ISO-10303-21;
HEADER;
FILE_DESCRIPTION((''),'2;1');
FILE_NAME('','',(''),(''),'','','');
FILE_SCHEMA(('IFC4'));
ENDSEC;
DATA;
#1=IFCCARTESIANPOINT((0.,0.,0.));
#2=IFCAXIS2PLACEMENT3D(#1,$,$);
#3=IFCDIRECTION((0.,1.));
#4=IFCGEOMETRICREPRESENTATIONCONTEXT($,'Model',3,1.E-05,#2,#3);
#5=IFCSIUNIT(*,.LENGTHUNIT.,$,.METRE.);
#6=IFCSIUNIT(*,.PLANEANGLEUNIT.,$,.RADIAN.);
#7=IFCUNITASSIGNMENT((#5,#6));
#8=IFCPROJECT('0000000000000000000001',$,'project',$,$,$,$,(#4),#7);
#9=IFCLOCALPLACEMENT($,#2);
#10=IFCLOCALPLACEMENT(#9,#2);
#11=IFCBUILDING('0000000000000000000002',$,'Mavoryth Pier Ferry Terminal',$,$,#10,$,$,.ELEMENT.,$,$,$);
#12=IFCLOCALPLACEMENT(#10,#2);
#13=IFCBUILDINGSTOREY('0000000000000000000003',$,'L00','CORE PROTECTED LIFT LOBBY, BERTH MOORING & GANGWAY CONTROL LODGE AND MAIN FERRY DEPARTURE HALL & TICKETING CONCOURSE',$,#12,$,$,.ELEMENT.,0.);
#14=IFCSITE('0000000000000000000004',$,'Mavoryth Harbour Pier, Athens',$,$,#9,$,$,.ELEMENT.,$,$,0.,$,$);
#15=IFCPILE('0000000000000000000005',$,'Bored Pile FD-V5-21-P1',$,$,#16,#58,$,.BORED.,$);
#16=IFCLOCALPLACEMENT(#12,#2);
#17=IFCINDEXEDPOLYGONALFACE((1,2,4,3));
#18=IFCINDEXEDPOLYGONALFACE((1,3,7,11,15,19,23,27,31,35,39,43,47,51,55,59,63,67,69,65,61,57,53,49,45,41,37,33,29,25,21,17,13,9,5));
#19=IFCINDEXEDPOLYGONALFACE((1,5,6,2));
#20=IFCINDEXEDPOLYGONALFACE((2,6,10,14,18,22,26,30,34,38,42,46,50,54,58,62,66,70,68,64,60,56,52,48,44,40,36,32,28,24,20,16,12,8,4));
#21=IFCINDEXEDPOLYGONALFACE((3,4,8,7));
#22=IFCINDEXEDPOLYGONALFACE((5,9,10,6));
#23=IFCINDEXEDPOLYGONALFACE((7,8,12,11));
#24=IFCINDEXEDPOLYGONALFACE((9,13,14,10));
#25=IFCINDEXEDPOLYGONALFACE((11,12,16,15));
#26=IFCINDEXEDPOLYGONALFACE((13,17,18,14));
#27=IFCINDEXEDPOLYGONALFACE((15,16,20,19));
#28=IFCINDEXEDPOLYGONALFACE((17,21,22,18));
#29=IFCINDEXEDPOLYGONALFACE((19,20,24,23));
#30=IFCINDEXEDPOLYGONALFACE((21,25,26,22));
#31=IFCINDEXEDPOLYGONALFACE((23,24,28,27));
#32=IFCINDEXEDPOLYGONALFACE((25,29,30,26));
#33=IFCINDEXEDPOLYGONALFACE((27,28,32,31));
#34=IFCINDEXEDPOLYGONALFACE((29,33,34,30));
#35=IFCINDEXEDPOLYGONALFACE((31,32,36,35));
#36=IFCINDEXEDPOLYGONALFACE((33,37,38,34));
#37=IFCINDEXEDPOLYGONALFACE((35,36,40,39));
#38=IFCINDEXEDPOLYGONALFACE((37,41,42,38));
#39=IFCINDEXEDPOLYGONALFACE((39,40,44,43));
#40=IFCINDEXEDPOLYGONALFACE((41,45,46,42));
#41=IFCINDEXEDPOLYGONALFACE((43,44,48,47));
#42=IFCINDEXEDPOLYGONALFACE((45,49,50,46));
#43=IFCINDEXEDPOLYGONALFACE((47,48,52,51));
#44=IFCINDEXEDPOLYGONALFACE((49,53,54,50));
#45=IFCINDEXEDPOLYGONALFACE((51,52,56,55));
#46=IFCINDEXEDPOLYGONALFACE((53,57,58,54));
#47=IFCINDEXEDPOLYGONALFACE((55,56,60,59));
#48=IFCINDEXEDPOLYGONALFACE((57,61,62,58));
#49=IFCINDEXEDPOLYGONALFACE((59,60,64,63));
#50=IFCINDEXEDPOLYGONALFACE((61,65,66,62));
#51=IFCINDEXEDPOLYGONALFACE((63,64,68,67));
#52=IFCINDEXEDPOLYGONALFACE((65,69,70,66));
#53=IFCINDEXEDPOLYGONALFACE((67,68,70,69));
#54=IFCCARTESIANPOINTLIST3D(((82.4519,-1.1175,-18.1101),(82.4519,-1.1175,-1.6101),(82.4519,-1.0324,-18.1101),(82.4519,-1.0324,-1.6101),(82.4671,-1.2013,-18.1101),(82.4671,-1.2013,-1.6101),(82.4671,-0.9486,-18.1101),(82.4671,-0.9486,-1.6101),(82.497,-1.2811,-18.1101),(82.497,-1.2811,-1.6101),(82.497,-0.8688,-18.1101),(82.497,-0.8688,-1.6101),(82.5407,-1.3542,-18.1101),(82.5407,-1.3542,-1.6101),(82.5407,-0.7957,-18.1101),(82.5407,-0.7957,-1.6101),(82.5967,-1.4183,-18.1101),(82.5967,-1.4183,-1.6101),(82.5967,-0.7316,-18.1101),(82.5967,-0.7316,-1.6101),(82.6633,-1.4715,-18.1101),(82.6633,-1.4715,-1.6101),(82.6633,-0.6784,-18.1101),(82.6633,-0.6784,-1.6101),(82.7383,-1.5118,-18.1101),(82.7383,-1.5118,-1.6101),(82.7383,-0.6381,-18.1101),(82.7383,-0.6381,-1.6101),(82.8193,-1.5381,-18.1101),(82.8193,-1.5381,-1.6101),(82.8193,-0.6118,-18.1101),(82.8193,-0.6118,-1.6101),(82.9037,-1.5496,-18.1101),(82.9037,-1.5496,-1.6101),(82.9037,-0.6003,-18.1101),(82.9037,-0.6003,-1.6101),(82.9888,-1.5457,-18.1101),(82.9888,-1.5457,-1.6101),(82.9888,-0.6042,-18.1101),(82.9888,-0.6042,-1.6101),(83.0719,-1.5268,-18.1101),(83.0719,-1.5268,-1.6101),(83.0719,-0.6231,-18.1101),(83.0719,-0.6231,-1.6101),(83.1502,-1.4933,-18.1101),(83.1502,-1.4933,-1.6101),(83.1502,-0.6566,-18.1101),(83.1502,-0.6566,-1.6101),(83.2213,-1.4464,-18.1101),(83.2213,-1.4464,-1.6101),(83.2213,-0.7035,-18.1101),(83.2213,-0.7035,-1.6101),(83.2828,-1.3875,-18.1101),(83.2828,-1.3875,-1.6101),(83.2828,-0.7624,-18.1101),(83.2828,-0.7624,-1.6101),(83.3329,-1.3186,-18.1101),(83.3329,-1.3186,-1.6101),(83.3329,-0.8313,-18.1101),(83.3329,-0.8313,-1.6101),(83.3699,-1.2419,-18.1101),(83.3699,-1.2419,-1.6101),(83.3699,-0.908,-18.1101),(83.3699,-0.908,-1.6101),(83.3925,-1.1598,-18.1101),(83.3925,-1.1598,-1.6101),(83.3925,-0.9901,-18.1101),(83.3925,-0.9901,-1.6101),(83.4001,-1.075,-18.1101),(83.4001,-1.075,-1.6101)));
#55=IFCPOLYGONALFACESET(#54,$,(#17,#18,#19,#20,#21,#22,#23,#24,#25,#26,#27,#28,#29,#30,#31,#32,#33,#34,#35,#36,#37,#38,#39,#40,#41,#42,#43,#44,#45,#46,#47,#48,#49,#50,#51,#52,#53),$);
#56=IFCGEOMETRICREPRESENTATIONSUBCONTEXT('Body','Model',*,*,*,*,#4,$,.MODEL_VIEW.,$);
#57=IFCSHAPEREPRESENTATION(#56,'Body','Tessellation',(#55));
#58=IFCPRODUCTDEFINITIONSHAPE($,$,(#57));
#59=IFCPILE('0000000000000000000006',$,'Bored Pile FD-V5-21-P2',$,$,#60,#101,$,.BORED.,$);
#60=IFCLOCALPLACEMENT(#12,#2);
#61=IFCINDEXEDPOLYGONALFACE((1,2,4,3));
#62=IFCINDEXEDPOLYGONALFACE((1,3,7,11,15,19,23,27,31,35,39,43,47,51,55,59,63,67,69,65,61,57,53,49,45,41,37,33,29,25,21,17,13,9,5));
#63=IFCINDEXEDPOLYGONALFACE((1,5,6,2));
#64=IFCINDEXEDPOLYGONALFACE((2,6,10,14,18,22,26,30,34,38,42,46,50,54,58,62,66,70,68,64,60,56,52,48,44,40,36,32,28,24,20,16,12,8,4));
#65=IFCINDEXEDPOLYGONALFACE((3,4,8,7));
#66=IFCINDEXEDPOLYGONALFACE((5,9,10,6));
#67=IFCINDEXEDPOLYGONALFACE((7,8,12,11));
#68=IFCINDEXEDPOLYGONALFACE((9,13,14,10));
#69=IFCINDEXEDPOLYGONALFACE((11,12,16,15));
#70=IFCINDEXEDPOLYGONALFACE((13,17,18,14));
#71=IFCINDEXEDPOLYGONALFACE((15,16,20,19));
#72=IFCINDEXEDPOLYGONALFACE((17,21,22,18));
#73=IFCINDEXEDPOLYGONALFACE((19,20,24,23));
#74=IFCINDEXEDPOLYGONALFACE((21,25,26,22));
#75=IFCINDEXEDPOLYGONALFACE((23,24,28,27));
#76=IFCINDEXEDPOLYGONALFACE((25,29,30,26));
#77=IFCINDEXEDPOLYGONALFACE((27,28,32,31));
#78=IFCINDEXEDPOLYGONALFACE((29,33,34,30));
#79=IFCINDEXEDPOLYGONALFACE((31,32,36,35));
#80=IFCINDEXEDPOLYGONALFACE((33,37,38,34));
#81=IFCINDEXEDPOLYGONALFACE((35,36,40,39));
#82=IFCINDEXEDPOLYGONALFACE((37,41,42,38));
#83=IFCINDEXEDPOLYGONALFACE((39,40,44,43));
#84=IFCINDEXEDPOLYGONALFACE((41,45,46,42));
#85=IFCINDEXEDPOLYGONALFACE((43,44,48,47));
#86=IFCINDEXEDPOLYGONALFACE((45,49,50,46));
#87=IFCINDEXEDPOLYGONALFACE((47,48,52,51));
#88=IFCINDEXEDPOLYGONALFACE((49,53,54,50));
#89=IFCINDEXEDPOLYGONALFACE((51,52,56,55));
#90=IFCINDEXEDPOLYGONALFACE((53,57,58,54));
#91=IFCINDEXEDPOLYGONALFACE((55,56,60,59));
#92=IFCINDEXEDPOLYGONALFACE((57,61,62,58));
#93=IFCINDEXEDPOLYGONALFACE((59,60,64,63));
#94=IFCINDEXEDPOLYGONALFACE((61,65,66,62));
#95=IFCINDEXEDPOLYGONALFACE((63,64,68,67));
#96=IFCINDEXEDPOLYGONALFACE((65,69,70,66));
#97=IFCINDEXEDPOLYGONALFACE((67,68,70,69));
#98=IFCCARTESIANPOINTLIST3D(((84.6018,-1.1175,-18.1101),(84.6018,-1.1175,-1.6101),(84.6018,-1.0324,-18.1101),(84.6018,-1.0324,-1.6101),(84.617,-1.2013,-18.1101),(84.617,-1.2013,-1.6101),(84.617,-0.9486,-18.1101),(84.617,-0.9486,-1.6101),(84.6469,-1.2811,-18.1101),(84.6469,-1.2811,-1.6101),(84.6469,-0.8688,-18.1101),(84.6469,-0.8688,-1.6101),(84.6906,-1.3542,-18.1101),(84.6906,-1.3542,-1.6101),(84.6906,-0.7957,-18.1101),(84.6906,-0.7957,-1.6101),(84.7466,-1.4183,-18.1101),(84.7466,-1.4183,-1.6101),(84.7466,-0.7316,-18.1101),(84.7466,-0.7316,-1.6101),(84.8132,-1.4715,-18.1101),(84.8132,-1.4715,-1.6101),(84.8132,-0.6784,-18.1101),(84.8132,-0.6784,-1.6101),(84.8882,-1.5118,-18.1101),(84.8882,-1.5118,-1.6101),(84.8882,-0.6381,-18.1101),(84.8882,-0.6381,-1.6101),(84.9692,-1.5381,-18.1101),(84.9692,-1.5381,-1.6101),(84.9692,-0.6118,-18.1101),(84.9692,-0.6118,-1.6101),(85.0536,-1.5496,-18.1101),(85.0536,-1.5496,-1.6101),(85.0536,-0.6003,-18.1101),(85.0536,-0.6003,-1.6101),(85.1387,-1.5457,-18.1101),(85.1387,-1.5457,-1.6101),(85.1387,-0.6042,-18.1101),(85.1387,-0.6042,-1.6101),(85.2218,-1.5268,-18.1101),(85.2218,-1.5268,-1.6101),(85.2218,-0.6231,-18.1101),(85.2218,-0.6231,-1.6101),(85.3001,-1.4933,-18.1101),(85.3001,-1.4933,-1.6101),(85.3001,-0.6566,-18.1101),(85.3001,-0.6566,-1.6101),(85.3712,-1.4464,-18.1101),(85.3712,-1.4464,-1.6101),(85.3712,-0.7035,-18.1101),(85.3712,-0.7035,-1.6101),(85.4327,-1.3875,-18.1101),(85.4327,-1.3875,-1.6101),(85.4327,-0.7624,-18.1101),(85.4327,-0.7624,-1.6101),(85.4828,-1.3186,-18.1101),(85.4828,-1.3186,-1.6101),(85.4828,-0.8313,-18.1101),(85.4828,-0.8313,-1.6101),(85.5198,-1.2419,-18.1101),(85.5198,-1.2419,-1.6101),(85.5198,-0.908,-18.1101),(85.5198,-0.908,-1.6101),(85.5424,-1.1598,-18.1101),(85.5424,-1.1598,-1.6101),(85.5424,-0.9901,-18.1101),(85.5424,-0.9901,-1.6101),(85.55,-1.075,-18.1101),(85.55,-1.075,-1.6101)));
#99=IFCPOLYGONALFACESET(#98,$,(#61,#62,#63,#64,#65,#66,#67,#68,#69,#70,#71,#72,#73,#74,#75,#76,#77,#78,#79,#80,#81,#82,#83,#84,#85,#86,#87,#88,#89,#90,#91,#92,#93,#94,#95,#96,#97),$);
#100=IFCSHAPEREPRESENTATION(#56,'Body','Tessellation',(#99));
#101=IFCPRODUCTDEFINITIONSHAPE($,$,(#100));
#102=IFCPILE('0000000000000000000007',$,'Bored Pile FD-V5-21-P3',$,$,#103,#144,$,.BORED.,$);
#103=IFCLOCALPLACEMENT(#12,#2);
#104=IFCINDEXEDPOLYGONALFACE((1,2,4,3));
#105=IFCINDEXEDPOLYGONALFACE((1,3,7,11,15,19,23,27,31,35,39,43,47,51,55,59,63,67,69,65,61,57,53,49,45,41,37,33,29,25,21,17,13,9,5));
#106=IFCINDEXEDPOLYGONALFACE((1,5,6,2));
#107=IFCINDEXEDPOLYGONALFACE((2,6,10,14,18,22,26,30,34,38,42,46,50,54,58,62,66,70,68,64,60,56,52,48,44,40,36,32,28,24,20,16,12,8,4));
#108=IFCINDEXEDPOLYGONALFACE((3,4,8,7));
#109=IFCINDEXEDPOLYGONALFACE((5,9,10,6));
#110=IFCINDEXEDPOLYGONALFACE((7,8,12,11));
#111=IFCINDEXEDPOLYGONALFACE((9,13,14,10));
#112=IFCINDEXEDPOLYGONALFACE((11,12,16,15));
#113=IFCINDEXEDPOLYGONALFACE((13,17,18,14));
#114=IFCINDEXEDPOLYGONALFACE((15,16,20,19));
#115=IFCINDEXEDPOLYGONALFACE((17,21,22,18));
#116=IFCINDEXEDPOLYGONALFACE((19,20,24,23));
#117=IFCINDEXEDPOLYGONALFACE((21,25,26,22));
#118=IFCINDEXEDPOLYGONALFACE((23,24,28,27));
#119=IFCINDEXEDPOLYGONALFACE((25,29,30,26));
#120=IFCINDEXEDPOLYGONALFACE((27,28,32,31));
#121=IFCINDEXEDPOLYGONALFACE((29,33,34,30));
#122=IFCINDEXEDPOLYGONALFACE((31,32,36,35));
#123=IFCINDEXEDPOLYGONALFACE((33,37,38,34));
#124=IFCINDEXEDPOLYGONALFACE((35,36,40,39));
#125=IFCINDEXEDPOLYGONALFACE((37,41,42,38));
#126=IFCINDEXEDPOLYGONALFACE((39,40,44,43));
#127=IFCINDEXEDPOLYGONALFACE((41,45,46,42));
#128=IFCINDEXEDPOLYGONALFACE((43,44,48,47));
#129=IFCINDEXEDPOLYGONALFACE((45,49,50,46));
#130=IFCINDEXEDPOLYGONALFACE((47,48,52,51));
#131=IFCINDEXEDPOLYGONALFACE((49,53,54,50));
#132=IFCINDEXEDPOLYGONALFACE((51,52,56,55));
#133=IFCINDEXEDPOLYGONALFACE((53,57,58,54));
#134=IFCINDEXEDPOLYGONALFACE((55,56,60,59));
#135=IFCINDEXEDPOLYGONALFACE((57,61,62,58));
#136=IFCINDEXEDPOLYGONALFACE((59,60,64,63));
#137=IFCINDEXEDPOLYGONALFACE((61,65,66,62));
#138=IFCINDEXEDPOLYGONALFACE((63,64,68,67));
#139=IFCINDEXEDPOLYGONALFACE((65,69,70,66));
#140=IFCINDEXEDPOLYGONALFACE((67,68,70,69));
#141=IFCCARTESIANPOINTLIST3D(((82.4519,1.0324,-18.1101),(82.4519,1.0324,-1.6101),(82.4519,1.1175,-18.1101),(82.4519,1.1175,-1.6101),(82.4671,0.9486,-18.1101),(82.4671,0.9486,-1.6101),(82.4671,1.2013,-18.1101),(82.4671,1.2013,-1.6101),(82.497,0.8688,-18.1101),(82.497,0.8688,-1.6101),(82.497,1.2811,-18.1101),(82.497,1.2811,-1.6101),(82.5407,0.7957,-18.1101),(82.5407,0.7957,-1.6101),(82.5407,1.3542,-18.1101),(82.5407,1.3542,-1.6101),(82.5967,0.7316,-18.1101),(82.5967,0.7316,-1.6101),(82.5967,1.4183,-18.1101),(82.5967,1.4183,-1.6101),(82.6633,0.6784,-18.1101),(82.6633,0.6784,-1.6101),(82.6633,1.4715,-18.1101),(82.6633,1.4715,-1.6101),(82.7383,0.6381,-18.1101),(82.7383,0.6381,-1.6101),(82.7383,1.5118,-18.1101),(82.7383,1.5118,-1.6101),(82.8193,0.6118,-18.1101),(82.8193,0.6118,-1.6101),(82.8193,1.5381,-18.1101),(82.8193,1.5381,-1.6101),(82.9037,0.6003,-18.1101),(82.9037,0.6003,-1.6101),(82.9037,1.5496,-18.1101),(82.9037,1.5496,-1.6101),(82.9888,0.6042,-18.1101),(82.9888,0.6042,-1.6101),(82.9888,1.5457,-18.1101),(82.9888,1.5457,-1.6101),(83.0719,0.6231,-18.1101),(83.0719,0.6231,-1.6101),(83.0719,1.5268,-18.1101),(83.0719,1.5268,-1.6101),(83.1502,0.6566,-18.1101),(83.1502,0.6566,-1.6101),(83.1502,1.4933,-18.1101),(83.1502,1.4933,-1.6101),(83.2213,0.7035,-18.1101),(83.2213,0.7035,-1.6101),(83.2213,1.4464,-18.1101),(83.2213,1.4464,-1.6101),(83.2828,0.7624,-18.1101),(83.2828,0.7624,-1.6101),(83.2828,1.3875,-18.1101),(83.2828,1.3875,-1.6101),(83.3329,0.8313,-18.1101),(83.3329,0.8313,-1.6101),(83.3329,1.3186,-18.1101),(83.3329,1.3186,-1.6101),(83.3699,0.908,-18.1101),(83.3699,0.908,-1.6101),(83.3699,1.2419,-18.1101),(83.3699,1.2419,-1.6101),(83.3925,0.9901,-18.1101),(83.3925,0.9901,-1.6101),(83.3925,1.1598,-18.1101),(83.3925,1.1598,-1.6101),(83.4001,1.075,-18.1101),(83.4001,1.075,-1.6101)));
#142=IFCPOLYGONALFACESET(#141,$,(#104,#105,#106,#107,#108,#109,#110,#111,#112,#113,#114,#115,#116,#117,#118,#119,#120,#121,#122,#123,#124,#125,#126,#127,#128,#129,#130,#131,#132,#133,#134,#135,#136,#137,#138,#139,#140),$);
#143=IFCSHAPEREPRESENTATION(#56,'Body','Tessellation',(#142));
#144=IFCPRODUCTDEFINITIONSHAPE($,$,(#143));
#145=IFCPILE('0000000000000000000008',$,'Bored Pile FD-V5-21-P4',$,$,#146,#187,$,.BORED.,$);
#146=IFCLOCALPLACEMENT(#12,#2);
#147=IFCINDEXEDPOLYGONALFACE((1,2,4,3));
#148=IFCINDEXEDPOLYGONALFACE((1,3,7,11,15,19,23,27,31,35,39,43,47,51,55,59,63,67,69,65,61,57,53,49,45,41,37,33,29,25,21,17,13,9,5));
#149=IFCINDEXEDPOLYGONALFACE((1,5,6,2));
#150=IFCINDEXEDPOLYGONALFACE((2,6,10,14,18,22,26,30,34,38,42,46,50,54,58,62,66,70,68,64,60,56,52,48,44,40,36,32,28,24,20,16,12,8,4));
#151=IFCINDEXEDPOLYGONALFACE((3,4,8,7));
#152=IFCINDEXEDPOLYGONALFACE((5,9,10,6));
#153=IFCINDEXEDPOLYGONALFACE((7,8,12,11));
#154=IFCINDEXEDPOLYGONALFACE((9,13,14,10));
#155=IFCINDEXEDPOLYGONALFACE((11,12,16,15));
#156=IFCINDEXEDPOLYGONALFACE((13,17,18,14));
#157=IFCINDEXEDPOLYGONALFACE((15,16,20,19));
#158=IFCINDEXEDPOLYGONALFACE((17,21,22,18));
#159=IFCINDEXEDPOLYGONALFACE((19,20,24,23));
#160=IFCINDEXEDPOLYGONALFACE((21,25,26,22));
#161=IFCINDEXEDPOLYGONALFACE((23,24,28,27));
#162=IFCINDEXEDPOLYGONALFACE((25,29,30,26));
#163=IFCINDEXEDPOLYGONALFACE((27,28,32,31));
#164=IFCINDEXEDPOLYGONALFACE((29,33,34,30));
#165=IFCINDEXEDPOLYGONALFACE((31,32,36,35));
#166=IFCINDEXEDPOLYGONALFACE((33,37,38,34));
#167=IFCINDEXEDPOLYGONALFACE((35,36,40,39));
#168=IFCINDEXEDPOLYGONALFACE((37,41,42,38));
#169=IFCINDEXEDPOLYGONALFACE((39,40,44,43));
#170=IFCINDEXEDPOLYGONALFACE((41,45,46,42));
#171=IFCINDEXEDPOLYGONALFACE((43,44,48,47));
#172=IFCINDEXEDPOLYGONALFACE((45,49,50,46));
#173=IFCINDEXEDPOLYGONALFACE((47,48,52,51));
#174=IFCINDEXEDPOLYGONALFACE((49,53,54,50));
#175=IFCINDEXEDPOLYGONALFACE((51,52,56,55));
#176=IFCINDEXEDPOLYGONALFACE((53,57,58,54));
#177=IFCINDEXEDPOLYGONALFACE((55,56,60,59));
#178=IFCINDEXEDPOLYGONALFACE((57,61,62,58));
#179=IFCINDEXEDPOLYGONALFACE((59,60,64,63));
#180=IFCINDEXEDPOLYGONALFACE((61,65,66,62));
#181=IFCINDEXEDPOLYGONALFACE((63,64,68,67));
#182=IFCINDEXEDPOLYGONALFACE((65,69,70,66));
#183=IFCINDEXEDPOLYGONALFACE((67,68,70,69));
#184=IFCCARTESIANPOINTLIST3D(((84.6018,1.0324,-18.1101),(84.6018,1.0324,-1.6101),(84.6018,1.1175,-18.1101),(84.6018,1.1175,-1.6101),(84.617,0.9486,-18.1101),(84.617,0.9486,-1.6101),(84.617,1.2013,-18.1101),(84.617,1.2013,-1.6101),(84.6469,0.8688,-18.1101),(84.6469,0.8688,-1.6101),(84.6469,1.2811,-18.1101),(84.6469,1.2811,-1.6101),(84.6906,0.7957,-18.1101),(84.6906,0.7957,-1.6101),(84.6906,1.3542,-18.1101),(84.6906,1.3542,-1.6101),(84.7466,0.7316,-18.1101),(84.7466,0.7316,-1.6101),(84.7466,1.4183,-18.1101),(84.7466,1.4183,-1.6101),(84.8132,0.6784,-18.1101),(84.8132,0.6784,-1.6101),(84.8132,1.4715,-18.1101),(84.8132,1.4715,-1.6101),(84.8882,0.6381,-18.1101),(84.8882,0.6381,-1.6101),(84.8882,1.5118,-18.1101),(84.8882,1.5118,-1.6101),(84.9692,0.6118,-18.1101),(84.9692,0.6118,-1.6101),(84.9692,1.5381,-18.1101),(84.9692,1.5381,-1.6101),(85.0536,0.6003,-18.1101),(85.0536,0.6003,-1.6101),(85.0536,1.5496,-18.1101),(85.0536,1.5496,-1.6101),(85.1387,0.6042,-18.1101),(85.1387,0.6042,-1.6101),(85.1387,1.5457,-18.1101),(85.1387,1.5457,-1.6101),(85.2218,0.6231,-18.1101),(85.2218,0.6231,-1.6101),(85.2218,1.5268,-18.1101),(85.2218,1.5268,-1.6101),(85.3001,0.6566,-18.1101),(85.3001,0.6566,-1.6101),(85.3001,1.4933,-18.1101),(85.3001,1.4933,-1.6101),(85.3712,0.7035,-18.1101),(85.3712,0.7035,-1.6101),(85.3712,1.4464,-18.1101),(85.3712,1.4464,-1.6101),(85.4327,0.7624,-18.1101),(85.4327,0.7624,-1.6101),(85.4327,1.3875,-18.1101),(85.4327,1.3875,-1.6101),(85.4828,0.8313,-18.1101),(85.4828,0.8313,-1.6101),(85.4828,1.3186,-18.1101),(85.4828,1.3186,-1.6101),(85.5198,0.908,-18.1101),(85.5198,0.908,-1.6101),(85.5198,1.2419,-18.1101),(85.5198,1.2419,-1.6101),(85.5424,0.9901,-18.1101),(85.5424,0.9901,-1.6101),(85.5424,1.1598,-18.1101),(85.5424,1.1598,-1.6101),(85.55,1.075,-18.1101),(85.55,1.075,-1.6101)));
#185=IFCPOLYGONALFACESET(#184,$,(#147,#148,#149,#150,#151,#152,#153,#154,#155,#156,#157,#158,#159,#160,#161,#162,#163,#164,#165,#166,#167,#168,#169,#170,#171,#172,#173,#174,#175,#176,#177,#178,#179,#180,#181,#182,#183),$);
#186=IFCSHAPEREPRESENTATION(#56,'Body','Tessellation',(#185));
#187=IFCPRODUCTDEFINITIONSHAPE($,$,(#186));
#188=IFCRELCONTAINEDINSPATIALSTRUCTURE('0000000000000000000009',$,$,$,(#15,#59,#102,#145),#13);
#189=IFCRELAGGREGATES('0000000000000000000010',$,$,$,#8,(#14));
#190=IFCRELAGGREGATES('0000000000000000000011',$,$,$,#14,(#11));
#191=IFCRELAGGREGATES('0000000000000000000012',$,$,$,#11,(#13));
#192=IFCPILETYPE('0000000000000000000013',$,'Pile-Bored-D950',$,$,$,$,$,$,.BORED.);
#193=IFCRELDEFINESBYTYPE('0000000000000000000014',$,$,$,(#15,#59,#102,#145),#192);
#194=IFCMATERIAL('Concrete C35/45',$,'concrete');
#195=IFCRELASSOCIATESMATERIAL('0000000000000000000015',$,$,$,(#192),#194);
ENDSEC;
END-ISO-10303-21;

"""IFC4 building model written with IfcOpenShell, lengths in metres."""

from ifc_helpers import new_model, si_unit, direction, frame, origin, origin_2d, place, context, subcontext, project, spatial, circle, extrude, material, material_profile, profile_set, type_object, element, save


model = new_model("IFC4")

# Units and contexts
model_context = context("Model", 3, precision=1e-05, world=origin(), true_north=direction((0.0, 1.0)))
body_context = subcontext(model_context, "Body", "Model", "MODEL_VIEW")
ifc_project = project(units=[si_unit("LENGTHUNIT", "METRE"), si_unit("PLANEANGLEUNIT", "RADIAN")], contexts=[model_context])

# Site, building, storey
site_placement = place(None, origin())
site = spatial("IfcSite", under=ifc_project, at=site_placement, Name="Mavoryth Harbour Pier, Athens", CompositionType="ELEMENT", RefElevation=0.0)
building_placement = place(site_placement, origin())
building = spatial("IfcBuilding", under=site, at=building_placement, Name="Mavoryth Pier Ferry Terminal", CompositionType="ELEMENT")
storey_placement = place(building_placement, origin())
storey = spatial("IfcBuildingStorey", under=building, at=storey_placement, Name="L00", Description="CORE PROTECTED LIFT LOBBY, BERTH MOORING & GANGWAY CONTROL LODGE AND MAIN FERRY DEPARTURE HALL & TICKETING CONCOURSE", CompositionType="ELEMENT", Elevation=0.0)

# Shared definitions
ifc_material_1 = material(Name="Concrete C35/45", Category="concrete")

# Piles
ifc_material_profile_1 = material_profile(ifc_material_1, circle(Radius=0.4751, at=origin_2d()), Name="PILE D950", Category="concrete")
ifc_profile_set_1 = profile_set([ifc_material_profile_1], Name="Concrete C35/45 - PILE D950")
pile_type_1 = type_object("IfcPileType", Name="Pile-Bored-D950", PredefinedType="BORED", material=ifc_profile_set_1)
for number, where, z_axis, x_axis, name in (
    (1, (82.925, -1.075, -1.6101), (0.0, 0.0, -1.0), (1.0, 0.0, 0.0), "Bored Pile FD-V5-21-P1"),
    (2, (85.075, -1.075, -1.6101), (0.0, 0.0, -1.0), (1.0, 0.0, 0.0), "Bored Pile FD-V5-21-P2"),
    (3, (82.925, 1.075, -1.6101), (0.0, 0.0, -1.0), (1.0, 0.0, 0.0), "Bored Pile FD-V5-21-P3"),
    (4, (85.075, 1.075, -1.6101), (0.0, 0.0, -1.0), (1.0, 0.0, 0.0), "Bored Pile FD-V5-21-P4"),
):
    element("IfcPile", number, at=place(storey_placement, frame(where, z_axis=z_axis, x_axis=x_axis)), inside=storey, type_object=pile_type_1, Name=name, PredefinedType="BORED", context=body_context, shape_type="SweptSolid", body=[
        extrude(circle(Radius=0.4751, at=origin_2d()), origin(), (0.0, 0.0, 1.0), 16.5),
    ])

save(model, "model.ifc")
